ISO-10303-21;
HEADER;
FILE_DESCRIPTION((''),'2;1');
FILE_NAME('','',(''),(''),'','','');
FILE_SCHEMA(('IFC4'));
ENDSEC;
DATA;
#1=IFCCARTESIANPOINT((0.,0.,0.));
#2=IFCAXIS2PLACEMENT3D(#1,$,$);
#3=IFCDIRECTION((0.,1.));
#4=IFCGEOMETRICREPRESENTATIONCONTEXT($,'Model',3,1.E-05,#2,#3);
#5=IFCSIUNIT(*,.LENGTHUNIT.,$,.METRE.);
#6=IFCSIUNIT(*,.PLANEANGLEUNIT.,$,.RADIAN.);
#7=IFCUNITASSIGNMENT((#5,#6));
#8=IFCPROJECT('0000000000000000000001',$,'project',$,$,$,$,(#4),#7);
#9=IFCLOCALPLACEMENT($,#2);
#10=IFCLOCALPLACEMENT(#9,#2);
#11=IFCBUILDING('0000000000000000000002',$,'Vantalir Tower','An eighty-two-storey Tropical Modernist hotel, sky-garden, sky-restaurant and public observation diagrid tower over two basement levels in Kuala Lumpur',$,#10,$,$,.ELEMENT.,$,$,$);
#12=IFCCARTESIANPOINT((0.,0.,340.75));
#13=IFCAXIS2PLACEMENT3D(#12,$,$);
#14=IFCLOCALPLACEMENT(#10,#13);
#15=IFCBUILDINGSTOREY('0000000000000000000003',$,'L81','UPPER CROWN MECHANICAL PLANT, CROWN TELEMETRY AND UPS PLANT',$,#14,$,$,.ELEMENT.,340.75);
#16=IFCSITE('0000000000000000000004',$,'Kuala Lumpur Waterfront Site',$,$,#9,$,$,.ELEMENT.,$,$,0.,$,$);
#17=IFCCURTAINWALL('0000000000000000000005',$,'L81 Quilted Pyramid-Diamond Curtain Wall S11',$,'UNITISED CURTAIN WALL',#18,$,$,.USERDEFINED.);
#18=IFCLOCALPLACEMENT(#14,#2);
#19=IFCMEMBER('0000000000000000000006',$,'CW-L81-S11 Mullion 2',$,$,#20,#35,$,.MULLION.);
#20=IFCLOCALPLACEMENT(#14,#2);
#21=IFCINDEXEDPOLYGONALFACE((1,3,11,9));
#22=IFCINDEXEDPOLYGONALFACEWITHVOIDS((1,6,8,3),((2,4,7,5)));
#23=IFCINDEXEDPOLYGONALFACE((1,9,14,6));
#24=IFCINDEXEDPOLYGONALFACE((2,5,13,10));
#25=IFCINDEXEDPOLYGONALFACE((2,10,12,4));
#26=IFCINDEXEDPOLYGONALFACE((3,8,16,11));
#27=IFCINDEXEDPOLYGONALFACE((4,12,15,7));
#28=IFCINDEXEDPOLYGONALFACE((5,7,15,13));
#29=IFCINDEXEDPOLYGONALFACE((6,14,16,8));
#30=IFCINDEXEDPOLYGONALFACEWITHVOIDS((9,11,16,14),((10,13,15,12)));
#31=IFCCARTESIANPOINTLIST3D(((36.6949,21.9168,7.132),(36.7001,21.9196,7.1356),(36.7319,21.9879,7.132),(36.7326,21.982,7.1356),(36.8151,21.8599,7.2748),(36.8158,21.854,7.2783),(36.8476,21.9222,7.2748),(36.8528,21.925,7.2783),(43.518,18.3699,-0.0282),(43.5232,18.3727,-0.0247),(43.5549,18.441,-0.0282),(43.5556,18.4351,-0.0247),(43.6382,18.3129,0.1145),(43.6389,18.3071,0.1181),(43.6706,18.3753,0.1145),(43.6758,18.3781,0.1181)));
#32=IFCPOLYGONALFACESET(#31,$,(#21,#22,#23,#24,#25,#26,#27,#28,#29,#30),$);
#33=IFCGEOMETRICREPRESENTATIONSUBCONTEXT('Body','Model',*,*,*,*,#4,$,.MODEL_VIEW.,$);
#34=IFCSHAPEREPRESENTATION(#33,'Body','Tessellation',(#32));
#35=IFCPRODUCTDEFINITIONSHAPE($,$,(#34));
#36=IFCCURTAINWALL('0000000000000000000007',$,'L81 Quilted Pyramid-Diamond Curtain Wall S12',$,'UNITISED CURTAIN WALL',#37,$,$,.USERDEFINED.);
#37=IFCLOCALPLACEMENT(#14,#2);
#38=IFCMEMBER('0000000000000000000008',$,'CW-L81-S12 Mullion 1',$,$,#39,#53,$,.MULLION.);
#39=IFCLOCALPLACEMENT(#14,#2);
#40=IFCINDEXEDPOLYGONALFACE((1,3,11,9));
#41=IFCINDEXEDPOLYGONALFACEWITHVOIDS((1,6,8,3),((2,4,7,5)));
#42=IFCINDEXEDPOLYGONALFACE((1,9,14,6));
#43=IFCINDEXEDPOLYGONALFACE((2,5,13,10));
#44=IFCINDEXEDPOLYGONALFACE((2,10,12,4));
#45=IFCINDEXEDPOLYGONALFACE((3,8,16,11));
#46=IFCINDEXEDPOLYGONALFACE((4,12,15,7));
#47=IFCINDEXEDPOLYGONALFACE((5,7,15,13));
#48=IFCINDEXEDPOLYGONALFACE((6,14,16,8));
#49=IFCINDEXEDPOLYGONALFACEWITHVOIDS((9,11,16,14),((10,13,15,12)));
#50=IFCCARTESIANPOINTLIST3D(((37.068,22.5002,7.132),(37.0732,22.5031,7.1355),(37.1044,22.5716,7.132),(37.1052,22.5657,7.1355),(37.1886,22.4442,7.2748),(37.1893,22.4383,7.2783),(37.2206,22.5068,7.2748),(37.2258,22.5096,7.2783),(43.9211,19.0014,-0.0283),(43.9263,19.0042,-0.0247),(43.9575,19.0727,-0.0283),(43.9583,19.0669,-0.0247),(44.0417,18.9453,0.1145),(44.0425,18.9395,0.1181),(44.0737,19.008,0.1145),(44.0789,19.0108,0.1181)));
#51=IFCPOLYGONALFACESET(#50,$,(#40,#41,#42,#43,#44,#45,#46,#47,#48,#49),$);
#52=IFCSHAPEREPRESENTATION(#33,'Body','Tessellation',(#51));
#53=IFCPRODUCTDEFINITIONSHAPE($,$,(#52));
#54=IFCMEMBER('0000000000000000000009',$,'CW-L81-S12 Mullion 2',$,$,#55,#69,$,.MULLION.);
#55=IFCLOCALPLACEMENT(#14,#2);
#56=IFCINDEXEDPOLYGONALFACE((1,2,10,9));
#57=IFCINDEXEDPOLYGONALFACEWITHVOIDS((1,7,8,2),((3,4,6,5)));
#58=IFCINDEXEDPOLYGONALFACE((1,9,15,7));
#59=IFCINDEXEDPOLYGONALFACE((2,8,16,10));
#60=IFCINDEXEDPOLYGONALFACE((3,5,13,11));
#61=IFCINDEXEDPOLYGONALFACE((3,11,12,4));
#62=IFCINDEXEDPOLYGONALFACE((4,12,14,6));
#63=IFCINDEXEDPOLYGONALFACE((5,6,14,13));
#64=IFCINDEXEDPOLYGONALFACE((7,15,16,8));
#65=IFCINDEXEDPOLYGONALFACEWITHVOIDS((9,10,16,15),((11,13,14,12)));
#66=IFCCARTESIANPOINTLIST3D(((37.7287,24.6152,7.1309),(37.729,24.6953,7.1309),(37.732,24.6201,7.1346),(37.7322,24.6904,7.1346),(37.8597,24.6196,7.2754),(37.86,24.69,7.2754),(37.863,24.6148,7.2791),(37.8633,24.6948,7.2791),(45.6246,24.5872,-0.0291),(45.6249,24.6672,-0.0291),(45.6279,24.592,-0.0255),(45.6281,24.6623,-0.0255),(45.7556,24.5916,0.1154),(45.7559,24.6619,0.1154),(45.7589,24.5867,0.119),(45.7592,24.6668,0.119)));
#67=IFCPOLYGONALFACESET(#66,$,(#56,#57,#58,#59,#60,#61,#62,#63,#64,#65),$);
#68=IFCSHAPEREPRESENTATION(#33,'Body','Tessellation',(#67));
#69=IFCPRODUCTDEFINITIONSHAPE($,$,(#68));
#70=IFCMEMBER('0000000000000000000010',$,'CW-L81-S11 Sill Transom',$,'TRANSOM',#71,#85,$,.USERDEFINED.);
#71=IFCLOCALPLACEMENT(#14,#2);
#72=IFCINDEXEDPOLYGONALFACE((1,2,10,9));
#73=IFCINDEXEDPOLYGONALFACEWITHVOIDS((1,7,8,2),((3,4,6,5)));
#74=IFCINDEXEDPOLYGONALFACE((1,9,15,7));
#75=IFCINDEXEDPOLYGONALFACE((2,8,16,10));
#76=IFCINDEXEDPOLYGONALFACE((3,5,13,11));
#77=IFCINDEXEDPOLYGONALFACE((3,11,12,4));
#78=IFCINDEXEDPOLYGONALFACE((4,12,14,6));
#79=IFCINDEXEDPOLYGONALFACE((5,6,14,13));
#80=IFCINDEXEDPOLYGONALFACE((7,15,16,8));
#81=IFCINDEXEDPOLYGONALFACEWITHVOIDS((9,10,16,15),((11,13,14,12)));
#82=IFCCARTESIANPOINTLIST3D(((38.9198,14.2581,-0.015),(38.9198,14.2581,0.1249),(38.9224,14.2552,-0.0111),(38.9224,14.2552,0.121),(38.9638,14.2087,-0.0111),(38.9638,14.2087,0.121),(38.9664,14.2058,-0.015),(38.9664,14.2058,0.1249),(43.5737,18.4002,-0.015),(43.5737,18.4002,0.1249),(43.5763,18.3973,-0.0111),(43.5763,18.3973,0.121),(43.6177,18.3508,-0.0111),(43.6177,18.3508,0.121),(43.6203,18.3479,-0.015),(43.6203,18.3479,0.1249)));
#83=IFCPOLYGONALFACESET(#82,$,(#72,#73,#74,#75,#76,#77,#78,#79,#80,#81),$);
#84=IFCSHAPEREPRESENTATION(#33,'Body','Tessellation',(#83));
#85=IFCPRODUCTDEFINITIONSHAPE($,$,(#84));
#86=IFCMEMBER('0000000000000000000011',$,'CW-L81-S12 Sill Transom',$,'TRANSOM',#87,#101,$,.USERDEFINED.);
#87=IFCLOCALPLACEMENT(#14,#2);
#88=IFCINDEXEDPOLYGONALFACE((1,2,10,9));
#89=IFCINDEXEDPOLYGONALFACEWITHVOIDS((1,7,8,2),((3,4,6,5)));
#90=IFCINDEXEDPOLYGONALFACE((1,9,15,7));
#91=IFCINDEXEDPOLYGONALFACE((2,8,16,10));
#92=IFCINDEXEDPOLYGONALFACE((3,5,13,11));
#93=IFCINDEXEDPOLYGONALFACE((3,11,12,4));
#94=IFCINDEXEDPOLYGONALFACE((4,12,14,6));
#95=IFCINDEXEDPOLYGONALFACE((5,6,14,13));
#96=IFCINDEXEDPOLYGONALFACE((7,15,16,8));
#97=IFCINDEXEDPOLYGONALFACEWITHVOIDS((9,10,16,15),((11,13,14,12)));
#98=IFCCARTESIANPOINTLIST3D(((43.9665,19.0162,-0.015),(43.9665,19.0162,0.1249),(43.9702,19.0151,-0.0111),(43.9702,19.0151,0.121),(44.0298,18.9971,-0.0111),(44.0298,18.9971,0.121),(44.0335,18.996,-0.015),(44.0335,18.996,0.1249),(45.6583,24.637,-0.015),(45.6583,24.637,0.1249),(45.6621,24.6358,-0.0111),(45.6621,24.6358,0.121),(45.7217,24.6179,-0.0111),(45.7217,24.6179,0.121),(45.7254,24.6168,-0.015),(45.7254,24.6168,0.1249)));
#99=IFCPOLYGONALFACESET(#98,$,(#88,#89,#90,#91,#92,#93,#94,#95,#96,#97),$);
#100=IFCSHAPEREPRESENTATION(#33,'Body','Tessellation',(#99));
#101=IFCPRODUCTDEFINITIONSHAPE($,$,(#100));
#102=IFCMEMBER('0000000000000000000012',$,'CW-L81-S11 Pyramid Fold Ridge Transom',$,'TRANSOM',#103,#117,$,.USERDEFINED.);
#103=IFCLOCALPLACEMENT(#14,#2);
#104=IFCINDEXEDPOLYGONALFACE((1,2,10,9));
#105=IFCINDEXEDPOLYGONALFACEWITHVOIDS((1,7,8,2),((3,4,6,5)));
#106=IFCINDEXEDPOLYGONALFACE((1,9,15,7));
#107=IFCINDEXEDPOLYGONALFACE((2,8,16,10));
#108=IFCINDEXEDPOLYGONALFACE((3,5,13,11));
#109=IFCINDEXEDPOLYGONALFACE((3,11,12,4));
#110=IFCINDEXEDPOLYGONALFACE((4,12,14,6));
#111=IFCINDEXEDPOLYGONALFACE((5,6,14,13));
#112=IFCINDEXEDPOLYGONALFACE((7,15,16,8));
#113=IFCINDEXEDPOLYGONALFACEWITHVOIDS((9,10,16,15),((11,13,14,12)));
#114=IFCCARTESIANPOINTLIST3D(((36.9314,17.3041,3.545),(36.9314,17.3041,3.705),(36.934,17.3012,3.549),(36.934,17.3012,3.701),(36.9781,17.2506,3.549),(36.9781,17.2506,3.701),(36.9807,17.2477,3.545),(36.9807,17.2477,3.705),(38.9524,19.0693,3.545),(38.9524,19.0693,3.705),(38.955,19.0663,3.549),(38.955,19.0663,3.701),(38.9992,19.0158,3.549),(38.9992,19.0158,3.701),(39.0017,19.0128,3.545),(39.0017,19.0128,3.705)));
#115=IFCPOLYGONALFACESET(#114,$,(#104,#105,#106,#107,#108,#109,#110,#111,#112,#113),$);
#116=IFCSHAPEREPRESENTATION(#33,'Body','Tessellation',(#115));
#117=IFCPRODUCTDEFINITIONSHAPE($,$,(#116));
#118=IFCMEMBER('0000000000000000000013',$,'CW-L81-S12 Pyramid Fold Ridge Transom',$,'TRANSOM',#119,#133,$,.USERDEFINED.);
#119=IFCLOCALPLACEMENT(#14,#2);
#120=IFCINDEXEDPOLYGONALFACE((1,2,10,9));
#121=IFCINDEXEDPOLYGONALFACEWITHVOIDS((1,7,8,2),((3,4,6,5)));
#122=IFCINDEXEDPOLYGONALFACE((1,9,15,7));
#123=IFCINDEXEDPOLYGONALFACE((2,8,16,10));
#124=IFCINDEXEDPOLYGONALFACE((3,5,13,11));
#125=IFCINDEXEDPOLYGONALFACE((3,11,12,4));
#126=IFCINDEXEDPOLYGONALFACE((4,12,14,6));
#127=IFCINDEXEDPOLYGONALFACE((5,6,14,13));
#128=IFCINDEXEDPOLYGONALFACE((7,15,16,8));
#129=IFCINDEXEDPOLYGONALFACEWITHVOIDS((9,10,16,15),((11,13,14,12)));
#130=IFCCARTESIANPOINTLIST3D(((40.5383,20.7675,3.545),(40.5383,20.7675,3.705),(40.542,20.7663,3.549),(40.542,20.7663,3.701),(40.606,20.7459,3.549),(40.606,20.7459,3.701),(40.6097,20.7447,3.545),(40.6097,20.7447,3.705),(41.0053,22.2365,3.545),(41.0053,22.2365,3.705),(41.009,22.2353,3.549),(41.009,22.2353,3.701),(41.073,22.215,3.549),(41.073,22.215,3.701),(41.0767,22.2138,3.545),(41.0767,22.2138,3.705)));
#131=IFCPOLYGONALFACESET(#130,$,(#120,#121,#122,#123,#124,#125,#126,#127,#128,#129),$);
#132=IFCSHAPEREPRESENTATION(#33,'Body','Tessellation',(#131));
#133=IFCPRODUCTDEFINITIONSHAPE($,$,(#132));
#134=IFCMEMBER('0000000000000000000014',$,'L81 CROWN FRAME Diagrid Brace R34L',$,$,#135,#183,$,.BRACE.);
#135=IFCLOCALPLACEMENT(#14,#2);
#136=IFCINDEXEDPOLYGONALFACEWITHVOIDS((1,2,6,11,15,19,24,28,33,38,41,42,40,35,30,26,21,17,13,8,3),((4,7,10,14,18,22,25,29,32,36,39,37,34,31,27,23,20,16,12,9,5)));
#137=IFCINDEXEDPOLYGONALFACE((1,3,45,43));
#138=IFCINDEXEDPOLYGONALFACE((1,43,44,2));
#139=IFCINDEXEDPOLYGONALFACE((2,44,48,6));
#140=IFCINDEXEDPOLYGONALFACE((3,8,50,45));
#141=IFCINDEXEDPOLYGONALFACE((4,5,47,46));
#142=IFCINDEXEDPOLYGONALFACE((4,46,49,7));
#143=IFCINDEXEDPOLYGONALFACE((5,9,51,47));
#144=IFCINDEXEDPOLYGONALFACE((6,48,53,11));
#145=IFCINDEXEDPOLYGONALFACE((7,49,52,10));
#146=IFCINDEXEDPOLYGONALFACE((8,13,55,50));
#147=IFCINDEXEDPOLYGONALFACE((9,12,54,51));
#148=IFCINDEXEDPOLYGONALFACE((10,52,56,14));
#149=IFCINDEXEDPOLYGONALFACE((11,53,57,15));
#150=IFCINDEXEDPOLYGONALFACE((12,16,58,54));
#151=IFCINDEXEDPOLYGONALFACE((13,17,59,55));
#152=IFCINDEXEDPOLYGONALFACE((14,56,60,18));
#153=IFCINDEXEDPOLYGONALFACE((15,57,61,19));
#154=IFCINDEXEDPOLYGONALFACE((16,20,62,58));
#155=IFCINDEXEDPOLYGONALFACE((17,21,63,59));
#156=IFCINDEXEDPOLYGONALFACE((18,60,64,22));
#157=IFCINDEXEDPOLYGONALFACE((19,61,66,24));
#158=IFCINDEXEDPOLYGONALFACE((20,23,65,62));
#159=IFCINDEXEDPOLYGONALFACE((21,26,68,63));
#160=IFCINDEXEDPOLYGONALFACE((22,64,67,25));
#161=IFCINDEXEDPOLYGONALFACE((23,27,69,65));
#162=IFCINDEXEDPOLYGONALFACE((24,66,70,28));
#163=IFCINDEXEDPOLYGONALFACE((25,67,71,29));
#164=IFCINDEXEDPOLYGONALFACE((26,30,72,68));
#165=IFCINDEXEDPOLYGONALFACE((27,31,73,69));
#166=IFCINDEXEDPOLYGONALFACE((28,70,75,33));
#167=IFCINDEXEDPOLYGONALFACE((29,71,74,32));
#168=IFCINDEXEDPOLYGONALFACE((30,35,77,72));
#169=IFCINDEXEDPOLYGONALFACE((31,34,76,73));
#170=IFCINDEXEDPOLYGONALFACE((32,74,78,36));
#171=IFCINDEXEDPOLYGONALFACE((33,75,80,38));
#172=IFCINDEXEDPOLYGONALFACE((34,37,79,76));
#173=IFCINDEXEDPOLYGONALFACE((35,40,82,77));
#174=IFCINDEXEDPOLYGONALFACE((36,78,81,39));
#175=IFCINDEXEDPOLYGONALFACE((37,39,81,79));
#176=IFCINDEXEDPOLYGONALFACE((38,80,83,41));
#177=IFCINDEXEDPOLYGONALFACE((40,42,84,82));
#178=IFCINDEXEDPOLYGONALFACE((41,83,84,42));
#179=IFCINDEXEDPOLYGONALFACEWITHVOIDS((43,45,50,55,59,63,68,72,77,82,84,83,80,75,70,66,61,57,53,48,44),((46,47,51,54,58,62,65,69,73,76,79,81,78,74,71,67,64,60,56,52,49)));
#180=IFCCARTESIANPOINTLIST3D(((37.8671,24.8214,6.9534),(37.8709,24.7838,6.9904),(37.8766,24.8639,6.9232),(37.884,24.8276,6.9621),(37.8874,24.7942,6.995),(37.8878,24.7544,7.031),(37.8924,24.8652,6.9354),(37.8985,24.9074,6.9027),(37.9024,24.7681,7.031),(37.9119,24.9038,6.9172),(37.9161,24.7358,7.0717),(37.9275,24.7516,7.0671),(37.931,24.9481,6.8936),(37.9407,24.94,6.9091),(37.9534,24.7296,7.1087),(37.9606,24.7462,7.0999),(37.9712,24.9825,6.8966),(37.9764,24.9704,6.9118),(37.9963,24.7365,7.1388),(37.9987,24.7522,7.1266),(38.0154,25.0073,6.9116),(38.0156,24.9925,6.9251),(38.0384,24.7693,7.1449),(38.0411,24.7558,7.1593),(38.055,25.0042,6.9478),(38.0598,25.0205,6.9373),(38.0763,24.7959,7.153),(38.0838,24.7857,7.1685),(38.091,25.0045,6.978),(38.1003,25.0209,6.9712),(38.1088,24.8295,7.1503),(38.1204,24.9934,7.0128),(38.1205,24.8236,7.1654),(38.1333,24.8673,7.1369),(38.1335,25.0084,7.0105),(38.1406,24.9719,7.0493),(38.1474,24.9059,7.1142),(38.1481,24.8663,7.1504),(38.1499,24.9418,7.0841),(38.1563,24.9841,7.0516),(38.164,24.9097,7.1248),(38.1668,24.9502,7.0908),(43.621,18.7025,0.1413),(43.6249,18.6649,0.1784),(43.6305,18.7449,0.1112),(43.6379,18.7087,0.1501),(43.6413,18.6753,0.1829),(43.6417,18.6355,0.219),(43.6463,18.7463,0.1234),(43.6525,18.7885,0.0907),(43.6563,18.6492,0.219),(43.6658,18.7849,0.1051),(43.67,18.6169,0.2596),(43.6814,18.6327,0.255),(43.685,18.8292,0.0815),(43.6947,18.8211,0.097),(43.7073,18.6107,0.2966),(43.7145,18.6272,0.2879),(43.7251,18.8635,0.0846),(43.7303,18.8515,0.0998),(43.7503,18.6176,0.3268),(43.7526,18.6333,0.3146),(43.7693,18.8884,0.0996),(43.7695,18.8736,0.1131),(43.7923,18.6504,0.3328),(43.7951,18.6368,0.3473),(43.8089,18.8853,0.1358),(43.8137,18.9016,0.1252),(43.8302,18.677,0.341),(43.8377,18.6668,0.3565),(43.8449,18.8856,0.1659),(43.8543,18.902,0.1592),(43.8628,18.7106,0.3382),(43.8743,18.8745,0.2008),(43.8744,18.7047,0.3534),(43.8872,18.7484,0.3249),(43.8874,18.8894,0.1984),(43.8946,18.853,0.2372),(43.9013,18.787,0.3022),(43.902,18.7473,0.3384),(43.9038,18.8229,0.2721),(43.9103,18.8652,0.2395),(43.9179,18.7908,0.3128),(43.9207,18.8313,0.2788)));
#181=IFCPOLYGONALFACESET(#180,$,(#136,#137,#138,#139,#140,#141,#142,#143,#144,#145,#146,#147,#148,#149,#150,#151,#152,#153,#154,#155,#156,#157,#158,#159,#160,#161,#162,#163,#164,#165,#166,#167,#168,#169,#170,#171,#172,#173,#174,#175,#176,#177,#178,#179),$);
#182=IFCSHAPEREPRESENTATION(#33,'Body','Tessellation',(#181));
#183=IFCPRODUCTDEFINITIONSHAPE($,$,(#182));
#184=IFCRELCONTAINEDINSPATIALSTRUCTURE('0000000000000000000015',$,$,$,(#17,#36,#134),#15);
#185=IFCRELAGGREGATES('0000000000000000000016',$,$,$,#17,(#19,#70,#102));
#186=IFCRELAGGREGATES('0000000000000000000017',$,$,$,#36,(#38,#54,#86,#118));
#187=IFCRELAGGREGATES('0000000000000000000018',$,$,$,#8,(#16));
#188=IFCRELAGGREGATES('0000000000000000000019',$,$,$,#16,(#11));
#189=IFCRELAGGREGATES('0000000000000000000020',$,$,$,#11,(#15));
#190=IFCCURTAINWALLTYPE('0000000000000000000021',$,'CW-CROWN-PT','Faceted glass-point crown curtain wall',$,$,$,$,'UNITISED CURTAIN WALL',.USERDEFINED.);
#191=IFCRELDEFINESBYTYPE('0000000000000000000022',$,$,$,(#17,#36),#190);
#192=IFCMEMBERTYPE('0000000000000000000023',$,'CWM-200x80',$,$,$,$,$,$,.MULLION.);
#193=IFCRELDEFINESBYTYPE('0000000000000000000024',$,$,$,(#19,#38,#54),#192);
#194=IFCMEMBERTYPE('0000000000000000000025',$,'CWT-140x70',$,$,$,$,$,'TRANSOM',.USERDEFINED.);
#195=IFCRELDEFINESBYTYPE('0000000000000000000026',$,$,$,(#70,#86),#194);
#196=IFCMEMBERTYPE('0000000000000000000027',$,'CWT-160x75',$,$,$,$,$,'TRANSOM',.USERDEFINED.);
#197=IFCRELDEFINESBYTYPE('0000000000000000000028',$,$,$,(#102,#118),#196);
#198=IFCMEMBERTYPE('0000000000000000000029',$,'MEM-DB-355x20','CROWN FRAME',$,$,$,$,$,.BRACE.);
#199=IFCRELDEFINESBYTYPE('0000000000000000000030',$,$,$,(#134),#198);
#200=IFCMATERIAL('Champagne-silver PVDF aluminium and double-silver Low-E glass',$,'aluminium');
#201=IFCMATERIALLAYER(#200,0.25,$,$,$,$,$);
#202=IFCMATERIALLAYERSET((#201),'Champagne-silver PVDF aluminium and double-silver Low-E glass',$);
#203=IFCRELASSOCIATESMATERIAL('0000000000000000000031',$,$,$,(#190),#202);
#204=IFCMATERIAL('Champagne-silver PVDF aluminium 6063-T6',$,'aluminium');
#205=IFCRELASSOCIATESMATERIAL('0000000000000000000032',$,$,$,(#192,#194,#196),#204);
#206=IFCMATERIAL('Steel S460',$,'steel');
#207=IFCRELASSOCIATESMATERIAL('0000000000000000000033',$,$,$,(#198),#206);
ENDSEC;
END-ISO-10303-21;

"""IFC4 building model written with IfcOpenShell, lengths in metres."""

from ifc_helpers import new_model, si_unit, direction, frame, origin, origin_2d, place, context, subcontext, project, spatial, hollow_rectangle, hollow_circle, extrude, material, layer, layer_set, material_profile, profile_set, type_object, element, aggregate, save


model = new_model("IFC4")

# Units and contexts
model_context = context("Model", 3, precision=1e-05, world=origin(), true_north=direction((0.0, 1.0)))
body_context = subcontext(model_context, "Body", "Model", "MODEL_VIEW")
ifc_project = project(units=[si_unit("LENGTHUNIT", "METRE"), si_unit("PLANEANGLEUNIT", "RADIAN")], contexts=[model_context])

# Site, building, storey
site_placement = place(None, origin())
site = spatial("IfcSite", under=ifc_project, at=site_placement, Name="Kuala Lumpur Waterfront Site", CompositionType="ELEMENT", RefElevation=0.0)
building_placement = place(site_placement, origin())
building = spatial("IfcBuilding", under=site, at=building_placement, Name="Vantalir Tower", Description="An eighty-two-storey Tropical Modernist hotel, sky-garden, sky-restaurant and public observation diagrid tower over two basement levels in Kuala Lumpur", CompositionType="ELEMENT")
storey_placement = place(building_placement, frame((0.0, 0.0, 340.75)))
storey = spatial("IfcBuildingStorey", under=building, at=storey_placement, Name="L81", Description="UPPER CROWN MECHANICAL PLANT, CROWN TELEMETRY AND UPS PLANT", CompositionType="ELEMENT", Elevation=340.75)

# Shared definitions
ifc_material_1 = material(Name="Steel S460", Category="steel")

# Shared definitions
ifc_material_2 = material(Name="Champagne-silver PVDF aluminium and double-silver Low-E glass", Category="aluminium")
ifc_layer_1 = layer(ifc_material_2, 0.25)
ifc_layer_set_1 = layer_set([ifc_layer_1], Name="Champagne-silver PVDF aluminium and double-silver Low-E glass")
curtain_wall_type = type_object("IfcCurtainWallType", Name="CW-CROWN-PT", Description="Faceted glass-point crown curtain wall", ElementType="UNITISED CURTAIN WALL", PredefinedType="USERDEFINED", material=ifc_layer_set_1)
ifc_material_3 = material(Name="Champagne-silver PVDF aluminium 6063-T6", Category="aluminium")
ifc_material_profile_1 = material_profile(ifc_material_3, hollow_rectangle(XDim=0.0801, YDim=0.2, WallThickness=0.0049, at=origin_2d()), Name="Champagne-silver PVDF aluminium 6063-T6")
ifc_profile_set_1 = profile_set([ifc_material_profile_1], Name="Champagne-silver PVDF aluminium 6063-T6")
member_type_1 = type_object("IfcMemberType", Name="CWM-200x80", PredefinedType="MULLION", material=ifc_profile_set_1)

# Curtain walls, members
curtain_wall_1_placement = place(storey_placement, origin())
curtain_wall_1 = element("IfcCurtainWall", 1, at=curtain_wall_1_placement, inside=storey, type_object=curtain_wall_type, Name="L81 Quilted Pyramid-Diamond Curtain Wall S11", ObjectType="UNITISED CURTAIN WALL", PredefinedType="USERDEFINED")
member_1_placement = place(storey_placement, frame((43.5969, 18.374, 0.0449), z_axis=(-0.649363, 0.337566, 0.681452), x_axis=(-0.461242, -0.887274, 0.0)))
member_1 = element("IfcMember", 2, at=member_1_placement, type_object=member_type_1, Name="CW-L81-S11 Mullion 2", PredefinedType="MULLION", context=body_context, shape_type="SweptSolid", body=[
    extrude(hollow_rectangle(XDim=0.0801, YDim=0.2, WallThickness=0.0049, at=origin_2d()), origin(), (0.0, 0.0, 1.0), 10.5073),
])
curtain_wall_2_placement = place(storey_placement, origin())
curtain_wall_2 = element("IfcCurtainWall", 3, at=curtain_wall_2_placement, inside=storey, type_object=curtain_wall_type, Name="L81 Quilted Pyramid-Diamond Curtain Wall S12", ObjectType="UNITISED CURTAIN WALL", PredefinedType="USERDEFINED")
member_2_placement = place(storey_placement, frame((44.0, 19.0061, 0.0449), z_axis=(-0.652009, 0.33288, 0.68123), x_axis=(-0.454711, -0.890639, 0.0)))
member_2 = element("IfcMember", 4, at=member_2_placement, type_object=member_type_1, Name="CW-L81-S12 Mullion 1", PredefinedType="MULLION", context=body_context, shape_type="SweptSolid", body=[
    extrude(hollow_rectangle(XDim=0.0801, YDim=0.2, WallThickness=0.0049, at=origin_2d()), origin(), (0.0, 0.0, 1.0), 10.5107),
])
member_3_placement = place(storey_placement, frame((45.6919, 24.627, 0.0449), z_axis=(-0.740778, 0.002634, 0.671744), x_axis=(-0.003556, -0.999994, 0.0)))
member_3 = element("IfcMember", 5, at=member_3_placement, type_object=member_type_1, Name="CW-L81-S12 Mullion 2", PredefinedType="MULLION", context=body_context, shape_type="SweptSolid", body=[
    extrude(hollow_rectangle(XDim=0.0801, YDim=0.2, WallThickness=0.0049, at=origin_2d()), origin(), (0.0, 0.0, 1.0), 10.6589),
])

# Members
ifc_material_profile_2 = material_profile(ifc_material_3, hollow_rectangle(XDim=0.0701, YDim=0.1399, WallThickness=0.0039, at=origin_2d()), Name="Champagne-silver PVDF aluminium 6063-T6")
ifc_profile_set_2 = profile_set([ifc_material_profile_2], Name="Champagne-silver PVDF aluminium 6063-T6")
member_type_2 = type_object("IfcMemberType", Name="CWT-140x70", ElementType="TRANSOM", PredefinedType="USERDEFINED", material=ifc_profile_set_2)
member_4_placement = place(storey_placement, frame((38.9431, 14.2319, 0.0549), z_axis=(0.746981, 0.664845, 0.0), x_axis=(-0.664845, 0.746981, 0.0)))
member_4 = element("IfcMember", 6, at=member_4_placement, type_object=member_type_2, Name="CW-L81-S11 Sill Transom", ObjectType="TRANSOM", PredefinedType="USERDEFINED", context=body_context, shape_type="SweptSolid", body=[
    extrude(hollow_rectangle(XDim=0.0701, YDim=0.1399, WallThickness=0.0039, at=origin_2d()), origin(), (0.0, 0.0, 1.0), 6.2302),
])
member_5_placement = place(storey_placement, frame((44.0, 19.0061, 0.0549), z_axis=(0.288229, 0.957561, 0.0), x_axis=(-0.957561, 0.288229, 0.0)))
member_5 = element("IfcMember", 7, at=member_5_placement, type_object=member_type_2, Name="CW-L81-S12 Sill Transom", ObjectType="TRANSOM", PredefinedType="USERDEFINED", context=body_context, shape_type="SweptSolid", body=[
    extrude(hollow_rectangle(XDim=0.0701, YDim=0.1399, WallThickness=0.0039, at=origin_2d()), origin(), (0.0, 0.0, 1.0), 5.8699),
])
ifc_material_profile_3 = material_profile(ifc_material_3, hollow_rectangle(XDim=0.075, YDim=0.1599, WallThickness=0.0039, at=origin_2d()), Name="Champagne-silver PVDF aluminium 6063-T6")
ifc_profile_set_3 = profile_set([ifc_material_profile_3], Name="Champagne-silver PVDF aluminium 6063-T6")
member_type_3 = type_object("IfcMemberType", Name="CWT-160x75", ElementType="TRANSOM", PredefinedType="USERDEFINED", material=ifc_profile_set_3)
member_6_placement = place(storey_placement, frame((36.9561, 17.2759, 3.625), z_axis=(0.753174, 0.657822, 0.0), x_axis=(-0.657822, 0.753174, 0.0)))
member_6 = element("IfcMember", 8, at=member_6_placement, type_object=member_type_3, Name="CW-L81-S11 Pyramid Fold Ridge Transom", ObjectType="TRANSOM", PredefinedType="USERDEFINED", context=body_context, shape_type="SweptSolid", body=[
    extrude(hollow_rectangle(XDim=0.075, YDim=0.1599, WallThickness=0.0039, at=origin_2d()), origin(), (0.0, 0.0, 1.0), 2.6833),
])
member_7_placement = place(storey_placement, frame((40.574, 20.7561, 3.625), z_axis=(0.302988, 0.952994, 0.0), x_axis=(-0.952994, 0.302988, 0.0)))
member_7 = element("IfcMember", 9, at=member_7_placement, type_object=member_type_3, Name="CW-L81-S12 Pyramid Fold Ridge Transom", ObjectType="TRANSOM", PredefinedType="USERDEFINED", context=body_context, shape_type="SweptSolid", body=[
    extrude(hollow_rectangle(XDim=0.075, YDim=0.1599, WallThickness=0.0039, at=origin_2d()), origin(), (0.0, 0.0, 1.0), 1.5415),
])

# Member
ifc_material_profile_4 = material_profile(ifc_material_1, hollow_circle(Radius=0.1775, WallThickness=0.02, at=origin_2d()), Name="Steel S460")
ifc_profile_set_4 = profile_set([ifc_material_profile_4], Name="Steel S460")
member_type_4 = type_object("IfcMemberType", Name="MEM-DB-355x20", Description="CROWN FRAME", PredefinedType="BRACE", material=ifc_profile_set_4)
member_8_placement = place(storey_placement, frame((43.771, 18.7571, 0.219), z_axis=(-0.532058, 0.565809, 0.6299), x_axis=(-0.7285, -0.685045, 0.0)))
element("IfcMember", 10, at=member_8_placement, inside=storey, type_object=member_type_4, Name="L81 CROWN FRAME Diagrid Brace R34L", PredefinedType="BRACE", context=body_context, shape_type="SweptSolid", body=[
    extrude(hollow_circle(Radius=0.1775, WallThickness=0.02, at=origin_2d()), origin(), (0.0, 0.0, 1.0), 10.8145),
])

aggregate(curtain_wall_1, [member_1, member_4, member_6])
aggregate(curtain_wall_2, [member_2, member_3, member_5, member_7])

save(model, "model.ifc")
